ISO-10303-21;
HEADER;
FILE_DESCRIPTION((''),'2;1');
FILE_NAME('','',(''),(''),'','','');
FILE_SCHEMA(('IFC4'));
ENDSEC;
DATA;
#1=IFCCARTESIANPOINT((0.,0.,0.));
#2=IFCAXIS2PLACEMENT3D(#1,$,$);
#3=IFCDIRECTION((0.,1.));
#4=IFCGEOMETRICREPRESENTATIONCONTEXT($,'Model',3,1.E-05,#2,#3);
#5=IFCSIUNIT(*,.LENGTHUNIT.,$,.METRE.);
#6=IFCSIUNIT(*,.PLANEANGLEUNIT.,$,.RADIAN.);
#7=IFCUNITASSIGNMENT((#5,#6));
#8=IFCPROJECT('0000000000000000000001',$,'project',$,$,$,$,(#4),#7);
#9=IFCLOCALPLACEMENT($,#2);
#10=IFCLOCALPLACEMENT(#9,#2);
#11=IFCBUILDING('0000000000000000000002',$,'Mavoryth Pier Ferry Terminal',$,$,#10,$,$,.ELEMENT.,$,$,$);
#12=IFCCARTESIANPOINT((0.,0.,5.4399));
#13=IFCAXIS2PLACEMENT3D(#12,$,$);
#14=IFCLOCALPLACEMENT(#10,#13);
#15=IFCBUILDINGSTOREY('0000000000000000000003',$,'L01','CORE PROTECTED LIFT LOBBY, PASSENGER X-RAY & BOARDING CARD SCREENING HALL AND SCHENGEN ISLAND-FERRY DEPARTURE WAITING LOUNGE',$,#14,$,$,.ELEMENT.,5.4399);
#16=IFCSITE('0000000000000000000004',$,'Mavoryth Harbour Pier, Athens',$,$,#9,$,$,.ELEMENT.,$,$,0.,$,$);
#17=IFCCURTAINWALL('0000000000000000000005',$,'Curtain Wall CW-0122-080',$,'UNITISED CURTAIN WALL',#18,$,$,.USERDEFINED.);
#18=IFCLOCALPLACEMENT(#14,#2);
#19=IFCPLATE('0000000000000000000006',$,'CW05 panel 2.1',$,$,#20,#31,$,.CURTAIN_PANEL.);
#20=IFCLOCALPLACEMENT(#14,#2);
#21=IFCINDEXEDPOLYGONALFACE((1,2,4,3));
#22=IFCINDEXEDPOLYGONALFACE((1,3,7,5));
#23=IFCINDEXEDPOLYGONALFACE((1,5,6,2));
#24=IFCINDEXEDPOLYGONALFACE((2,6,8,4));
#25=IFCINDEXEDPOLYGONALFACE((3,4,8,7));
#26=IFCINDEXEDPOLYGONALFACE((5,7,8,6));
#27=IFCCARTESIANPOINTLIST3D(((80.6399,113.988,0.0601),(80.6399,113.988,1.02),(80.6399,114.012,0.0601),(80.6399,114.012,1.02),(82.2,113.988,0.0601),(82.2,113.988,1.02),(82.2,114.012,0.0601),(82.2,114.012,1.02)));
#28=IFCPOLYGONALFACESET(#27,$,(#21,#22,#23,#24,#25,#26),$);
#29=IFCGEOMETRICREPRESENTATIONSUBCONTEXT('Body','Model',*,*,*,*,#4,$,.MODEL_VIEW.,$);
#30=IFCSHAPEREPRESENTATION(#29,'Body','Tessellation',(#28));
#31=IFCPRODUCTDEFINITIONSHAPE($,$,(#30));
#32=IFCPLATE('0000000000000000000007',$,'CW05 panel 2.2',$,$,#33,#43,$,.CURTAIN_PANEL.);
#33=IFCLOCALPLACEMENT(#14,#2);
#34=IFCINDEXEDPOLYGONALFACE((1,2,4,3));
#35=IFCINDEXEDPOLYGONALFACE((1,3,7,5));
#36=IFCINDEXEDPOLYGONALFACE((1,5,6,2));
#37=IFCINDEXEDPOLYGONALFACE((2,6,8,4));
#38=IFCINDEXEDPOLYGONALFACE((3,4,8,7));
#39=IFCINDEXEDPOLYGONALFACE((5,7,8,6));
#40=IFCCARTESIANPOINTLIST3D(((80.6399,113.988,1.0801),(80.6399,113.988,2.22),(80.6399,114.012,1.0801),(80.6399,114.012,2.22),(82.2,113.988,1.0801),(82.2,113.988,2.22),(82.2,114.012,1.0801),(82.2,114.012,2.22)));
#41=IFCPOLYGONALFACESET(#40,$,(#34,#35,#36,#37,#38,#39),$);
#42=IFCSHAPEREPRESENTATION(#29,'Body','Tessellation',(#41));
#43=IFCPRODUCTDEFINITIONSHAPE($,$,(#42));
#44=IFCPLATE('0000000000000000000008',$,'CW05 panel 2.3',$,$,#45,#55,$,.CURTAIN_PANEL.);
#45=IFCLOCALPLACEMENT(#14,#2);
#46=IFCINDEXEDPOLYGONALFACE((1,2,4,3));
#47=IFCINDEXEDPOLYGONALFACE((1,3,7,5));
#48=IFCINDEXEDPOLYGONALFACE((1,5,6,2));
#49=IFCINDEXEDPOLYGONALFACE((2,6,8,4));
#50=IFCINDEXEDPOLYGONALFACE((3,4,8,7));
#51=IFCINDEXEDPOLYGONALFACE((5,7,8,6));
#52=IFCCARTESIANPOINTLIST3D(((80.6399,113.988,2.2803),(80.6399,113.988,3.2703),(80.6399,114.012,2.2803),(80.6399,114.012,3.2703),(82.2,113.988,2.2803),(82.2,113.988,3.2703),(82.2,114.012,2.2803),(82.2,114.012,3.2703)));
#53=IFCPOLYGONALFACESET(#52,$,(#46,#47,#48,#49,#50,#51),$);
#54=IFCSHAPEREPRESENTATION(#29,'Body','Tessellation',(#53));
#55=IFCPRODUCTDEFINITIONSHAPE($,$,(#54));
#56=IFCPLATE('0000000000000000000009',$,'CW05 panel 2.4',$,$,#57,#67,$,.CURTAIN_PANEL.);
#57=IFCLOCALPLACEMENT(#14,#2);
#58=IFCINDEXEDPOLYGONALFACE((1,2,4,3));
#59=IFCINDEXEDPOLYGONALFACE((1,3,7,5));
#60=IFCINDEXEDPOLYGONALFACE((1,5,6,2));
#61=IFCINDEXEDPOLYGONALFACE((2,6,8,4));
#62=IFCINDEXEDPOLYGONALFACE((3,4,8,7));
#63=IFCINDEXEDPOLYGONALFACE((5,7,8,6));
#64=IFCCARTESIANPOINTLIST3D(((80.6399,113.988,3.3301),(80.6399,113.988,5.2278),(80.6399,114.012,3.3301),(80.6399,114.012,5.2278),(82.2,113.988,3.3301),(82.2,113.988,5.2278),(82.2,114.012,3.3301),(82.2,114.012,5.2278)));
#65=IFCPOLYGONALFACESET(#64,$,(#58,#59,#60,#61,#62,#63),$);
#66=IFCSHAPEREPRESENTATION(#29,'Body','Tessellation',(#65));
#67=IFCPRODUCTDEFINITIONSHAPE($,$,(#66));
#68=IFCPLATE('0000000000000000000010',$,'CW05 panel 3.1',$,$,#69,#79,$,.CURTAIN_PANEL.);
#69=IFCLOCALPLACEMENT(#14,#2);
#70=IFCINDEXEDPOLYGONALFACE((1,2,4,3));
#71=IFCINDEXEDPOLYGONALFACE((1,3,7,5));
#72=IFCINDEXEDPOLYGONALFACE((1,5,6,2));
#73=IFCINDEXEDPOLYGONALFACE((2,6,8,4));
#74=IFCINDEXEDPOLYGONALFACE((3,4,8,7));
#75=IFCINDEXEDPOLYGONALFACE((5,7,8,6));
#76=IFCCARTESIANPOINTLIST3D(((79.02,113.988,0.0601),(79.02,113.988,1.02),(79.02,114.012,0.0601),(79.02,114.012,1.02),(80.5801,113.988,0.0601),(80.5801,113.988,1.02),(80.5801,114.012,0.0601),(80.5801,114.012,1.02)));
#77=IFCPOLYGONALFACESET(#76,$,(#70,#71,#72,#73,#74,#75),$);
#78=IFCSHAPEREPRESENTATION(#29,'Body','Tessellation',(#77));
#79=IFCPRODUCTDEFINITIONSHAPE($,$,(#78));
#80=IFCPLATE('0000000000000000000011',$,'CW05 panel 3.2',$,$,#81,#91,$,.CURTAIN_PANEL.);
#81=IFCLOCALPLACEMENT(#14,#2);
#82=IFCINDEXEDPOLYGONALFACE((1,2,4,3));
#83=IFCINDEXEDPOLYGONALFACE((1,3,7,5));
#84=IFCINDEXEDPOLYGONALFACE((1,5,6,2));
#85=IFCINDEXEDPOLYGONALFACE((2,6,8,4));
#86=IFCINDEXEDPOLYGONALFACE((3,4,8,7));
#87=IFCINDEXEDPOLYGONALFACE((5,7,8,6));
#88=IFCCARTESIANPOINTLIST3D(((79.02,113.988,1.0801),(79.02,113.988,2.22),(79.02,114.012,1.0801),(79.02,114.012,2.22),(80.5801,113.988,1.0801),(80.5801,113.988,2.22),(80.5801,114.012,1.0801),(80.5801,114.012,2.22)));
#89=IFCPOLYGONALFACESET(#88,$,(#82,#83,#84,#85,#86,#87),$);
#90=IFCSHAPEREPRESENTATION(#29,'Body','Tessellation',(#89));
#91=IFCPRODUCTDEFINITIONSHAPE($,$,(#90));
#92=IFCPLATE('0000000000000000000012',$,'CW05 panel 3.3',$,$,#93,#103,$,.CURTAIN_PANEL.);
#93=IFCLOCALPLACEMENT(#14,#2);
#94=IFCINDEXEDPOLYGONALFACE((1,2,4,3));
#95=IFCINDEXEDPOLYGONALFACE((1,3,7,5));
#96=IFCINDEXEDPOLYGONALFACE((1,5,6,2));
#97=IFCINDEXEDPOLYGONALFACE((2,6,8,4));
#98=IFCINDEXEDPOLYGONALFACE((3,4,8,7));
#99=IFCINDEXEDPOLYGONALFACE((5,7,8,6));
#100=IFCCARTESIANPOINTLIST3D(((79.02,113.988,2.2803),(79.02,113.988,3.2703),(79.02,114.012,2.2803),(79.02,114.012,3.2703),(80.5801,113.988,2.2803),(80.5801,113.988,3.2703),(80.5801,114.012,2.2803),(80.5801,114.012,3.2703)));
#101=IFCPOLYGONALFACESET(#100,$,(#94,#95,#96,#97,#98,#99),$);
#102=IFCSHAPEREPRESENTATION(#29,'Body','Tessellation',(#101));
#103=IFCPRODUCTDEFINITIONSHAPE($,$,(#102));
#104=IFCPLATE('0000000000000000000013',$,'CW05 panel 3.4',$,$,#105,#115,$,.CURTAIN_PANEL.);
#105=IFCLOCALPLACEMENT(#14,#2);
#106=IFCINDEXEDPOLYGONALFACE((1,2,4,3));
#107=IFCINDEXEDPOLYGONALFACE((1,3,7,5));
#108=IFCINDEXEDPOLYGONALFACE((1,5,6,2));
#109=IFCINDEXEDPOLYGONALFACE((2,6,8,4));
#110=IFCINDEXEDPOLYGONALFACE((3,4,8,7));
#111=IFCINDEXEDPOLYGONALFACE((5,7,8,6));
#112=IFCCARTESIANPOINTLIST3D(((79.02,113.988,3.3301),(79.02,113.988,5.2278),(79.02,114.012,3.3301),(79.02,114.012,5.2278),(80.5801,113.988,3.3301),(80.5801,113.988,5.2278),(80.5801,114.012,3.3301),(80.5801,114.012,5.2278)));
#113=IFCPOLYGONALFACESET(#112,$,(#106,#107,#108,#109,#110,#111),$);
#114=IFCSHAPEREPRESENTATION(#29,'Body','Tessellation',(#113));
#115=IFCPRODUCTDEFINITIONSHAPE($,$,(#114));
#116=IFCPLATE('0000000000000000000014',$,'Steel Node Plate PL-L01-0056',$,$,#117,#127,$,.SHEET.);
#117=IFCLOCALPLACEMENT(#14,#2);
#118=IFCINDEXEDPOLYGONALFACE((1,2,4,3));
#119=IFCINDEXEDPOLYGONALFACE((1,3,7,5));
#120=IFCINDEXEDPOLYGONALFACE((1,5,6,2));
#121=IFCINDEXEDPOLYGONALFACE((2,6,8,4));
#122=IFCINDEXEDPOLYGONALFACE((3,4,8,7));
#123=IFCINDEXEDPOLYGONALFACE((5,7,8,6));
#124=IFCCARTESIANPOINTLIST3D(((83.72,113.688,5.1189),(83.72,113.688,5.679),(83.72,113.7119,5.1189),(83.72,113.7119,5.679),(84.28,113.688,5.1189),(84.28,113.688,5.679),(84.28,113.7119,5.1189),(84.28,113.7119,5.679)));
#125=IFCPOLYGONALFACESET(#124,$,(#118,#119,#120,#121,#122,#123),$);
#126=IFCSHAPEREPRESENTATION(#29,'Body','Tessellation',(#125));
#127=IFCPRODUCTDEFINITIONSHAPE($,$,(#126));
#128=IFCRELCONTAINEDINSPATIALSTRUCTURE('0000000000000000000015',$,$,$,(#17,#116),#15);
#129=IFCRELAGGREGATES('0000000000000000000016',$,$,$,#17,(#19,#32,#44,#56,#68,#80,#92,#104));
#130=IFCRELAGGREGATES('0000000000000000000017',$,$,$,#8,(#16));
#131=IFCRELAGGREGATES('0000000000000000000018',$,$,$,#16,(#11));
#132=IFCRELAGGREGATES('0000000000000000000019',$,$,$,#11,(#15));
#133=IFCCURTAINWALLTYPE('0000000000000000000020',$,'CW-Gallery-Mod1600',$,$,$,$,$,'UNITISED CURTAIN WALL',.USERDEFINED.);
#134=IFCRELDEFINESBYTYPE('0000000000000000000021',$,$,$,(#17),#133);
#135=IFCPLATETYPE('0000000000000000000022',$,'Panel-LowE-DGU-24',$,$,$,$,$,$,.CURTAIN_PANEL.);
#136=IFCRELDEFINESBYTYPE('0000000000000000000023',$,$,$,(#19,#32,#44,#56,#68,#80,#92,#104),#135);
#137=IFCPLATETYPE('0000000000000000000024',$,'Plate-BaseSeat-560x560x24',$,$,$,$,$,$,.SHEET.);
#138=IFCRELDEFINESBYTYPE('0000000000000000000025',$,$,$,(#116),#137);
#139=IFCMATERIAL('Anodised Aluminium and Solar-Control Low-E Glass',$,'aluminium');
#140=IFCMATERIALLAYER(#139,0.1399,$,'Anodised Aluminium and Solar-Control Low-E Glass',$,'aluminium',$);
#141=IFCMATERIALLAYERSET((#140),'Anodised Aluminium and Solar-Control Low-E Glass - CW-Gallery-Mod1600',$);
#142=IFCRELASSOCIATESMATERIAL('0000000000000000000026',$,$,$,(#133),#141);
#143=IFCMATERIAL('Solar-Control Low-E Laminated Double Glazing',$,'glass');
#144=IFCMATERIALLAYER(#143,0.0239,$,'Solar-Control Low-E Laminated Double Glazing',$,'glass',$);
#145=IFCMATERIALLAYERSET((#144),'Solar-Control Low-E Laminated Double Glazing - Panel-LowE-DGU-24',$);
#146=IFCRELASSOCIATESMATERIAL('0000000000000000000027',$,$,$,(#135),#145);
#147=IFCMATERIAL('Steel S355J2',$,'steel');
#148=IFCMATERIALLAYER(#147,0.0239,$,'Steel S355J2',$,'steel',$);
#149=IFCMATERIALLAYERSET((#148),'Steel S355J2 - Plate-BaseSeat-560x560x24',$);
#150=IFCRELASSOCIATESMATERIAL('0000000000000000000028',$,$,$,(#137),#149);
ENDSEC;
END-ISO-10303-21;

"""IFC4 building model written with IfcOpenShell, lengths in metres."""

from ifc_helpers import new_model, si_unit, direction, frame, origin, origin_2d, place, context, subcontext, project, spatial, rectangle, extrude, material, layer, layer_set, type_object, element, aggregate, save


model = new_model("IFC4")

# Units and contexts
model_context = context("Model", 3, precision=1e-05, world=origin(), true_north=direction((0.0, 1.0)))
body_context = subcontext(model_context, "Body", "Model", "MODEL_VIEW")
ifc_project = project(units=[si_unit("LENGTHUNIT", "METRE"), si_unit("PLANEANGLEUNIT", "RADIAN")], contexts=[model_context])

# Site, building, storey
site_placement = place(None, origin())
site = spatial("IfcSite", under=ifc_project, at=site_placement, Name="Mavoryth Harbour Pier, Athens", CompositionType="ELEMENT", RefElevation=0.0)
building_placement = place(site_placement, origin())
building = spatial("IfcBuilding", under=site, at=building_placement, Name="Mavoryth Pier Ferry Terminal", CompositionType="ELEMENT")
storey_placement = place(building_placement, frame((0.0, 0.0, 5.4399)))
storey = spatial("IfcBuildingStorey", under=building, at=storey_placement, Name="L01", Description="CORE PROTECTED LIFT LOBBY, PASSENGER X-RAY & BOARDING CARD SCREENING HALL AND SCHENGEN ISLAND-FERRY DEPARTURE WAITING LOUNGE", CompositionType="ELEMENT", Elevation=5.4399)

# Shared definitions
ifc_material_1 = material(Name="Steel S355J2", Category="steel")

# Curtain wall
ifc_material_2 = material(Name="Anodised Aluminium and Solar-Control Low-E Glass", Category="aluminium")
ifc_layer_1 = layer(ifc_material_2, 0.1399, Name="Anodised Aluminium and Solar-Control Low-E Glass", Category="aluminium")
ifc_layer_set_1 = layer_set([ifc_layer_1], Name="Anodised Aluminium and Solar-Control Low-E Glass - CW-Gallery-Mod1600")
curtain_wall_type = type_object("IfcCurtainWallType", Name="CW-Gallery-Mod1600", ElementType="UNITISED CURTAIN WALL", PredefinedType="USERDEFINED", material=ifc_layer_set_1)
curtain_wall_1_placement = place(storey_placement, origin())
curtain_wall_1 = element("IfcCurtainWall", 1, at=curtain_wall_1_placement, inside=storey, type_object=curtain_wall_type, Name="Curtain Wall CW-0122-080", ObjectType="UNITISED CURTAIN WALL", PredefinedType="USERDEFINED")

# Plates
ifc_material_3 = material(Name="Solar-Control Low-E Laminated Double Glazing", Category="glass")
ifc_layer_2 = layer(ifc_material_3, 0.0239, Name="Solar-Control Low-E Laminated Double Glazing", Category="glass")
ifc_layer_set_2 = layer_set([ifc_layer_2], Name="Solar-Control Low-E Laminated Double Glazing - Panel-LowE-DGU-24")
plate_type_1 = type_object("IfcPlateType", Name="Panel-LowE-DGU-24", PredefinedType="CURTAIN_PANEL", material=ifc_layer_set_2)
plate_1_placement = place(storey_placement, frame((81.4199, 114.0, 0.0601), z_axis=(0.0, 0.0, 1.0), x_axis=(-1.0, 0.0, 0.0)))
plate_1 = element("IfcPlate", 2, at=plate_1_placement, type_object=plate_type_1, Name="CW05 panel 2.1", PredefinedType="CURTAIN_PANEL", context=body_context, shape_type="SweptSolid", body=[
    extrude(rectangle(XDim=1.5601, YDim=0.0239, at=origin_2d()), origin(), (0.0, 0.0, 1.0), 0.96),
])
plate_2_placement = place(storey_placement, frame((81.4199, 114.0, 1.0801), z_axis=(0.0, 0.0, 1.0), x_axis=(-1.0, 0.0, 0.0)))
plate_2 = element("IfcPlate", 3, at=plate_2_placement, type_object=plate_type_1, Name="CW05 panel 2.2", PredefinedType="CURTAIN_PANEL", context=body_context, shape_type="SweptSolid", body=[
    extrude(rectangle(XDim=1.5601, YDim=0.0239, at=origin_2d()), origin(), (0.0, 0.0, 1.0), 1.1399),
])
plate_3_placement = place(storey_placement, frame((81.4199, 114.0, 2.2803), z_axis=(0.0, 0.0, 1.0), x_axis=(-1.0, 0.0, 0.0)))
plate_3 = element("IfcPlate", 4, at=plate_3_placement, type_object=plate_type_1, Name="CW05 panel 2.3", PredefinedType="CURTAIN_PANEL", context=body_context, shape_type="SweptSolid", body=[
    extrude(rectangle(XDim=1.5601, YDim=0.0239, at=origin_2d()), origin(), (0.0, 0.0, 1.0), 0.99),
])
plate_4_placement = place(storey_placement, frame((81.4199, 114.0, 3.3301), z_axis=(0.0, 0.0, 1.0), x_axis=(-1.0, 0.0, 0.0)))
plate_4 = element("IfcPlate", 5, at=plate_4_placement, type_object=plate_type_1, Name="CW05 panel 2.4", PredefinedType="CURTAIN_PANEL", context=body_context, shape_type="SweptSolid", body=[
    extrude(rectangle(XDim=1.5601, YDim=0.0239, at=origin_2d()), origin(), (0.0, 0.0, 1.0), 1.8977),
])
plate_5_placement = place(storey_placement, frame((79.8, 114.0, 0.0601), z_axis=(0.0, 0.0, 1.0), x_axis=(-1.0, 0.0, 0.0)))
plate_5 = element("IfcPlate", 6, at=plate_5_placement, type_object=plate_type_1, Name="CW05 panel 3.1", PredefinedType="CURTAIN_PANEL", context=body_context, shape_type="SweptSolid", body=[
    extrude(rectangle(XDim=1.5601, YDim=0.0239, at=origin_2d()), origin(), (0.0, 0.0, 1.0), 0.96),
])
plate_6_placement = place(storey_placement, frame((79.8, 114.0, 1.0801), z_axis=(0.0, 0.0, 1.0), x_axis=(-1.0, 0.0, 0.0)))
plate_6 = element("IfcPlate", 7, at=plate_6_placement, type_object=plate_type_1, Name="CW05 panel 3.2", PredefinedType="CURTAIN_PANEL", context=body_context, shape_type="SweptSolid", body=[
    extrude(rectangle(XDim=1.5601, YDim=0.0239, at=origin_2d()), origin(), (0.0, 0.0, 1.0), 1.1399),
])
plate_7_placement = place(storey_placement, frame((79.8, 114.0, 2.2803), z_axis=(0.0, 0.0, 1.0), x_axis=(-1.0, 0.0, 0.0)))
plate_7 = element("IfcPlate", 8, at=plate_7_placement, type_object=plate_type_1, Name="CW05 panel 3.3", PredefinedType="CURTAIN_PANEL", context=body_context, shape_type="SweptSolid", body=[
    extrude(rectangle(XDim=1.5601, YDim=0.0239, at=origin_2d()), origin(), (0.0, 0.0, 1.0), 0.99),
])
plate_8_placement = place(storey_placement, frame((79.8, 114.0, 3.3301), z_axis=(0.0, 0.0, 1.0), x_axis=(-1.0, 0.0, 0.0)))
plate_8 = element("IfcPlate", 9, at=plate_8_placement, type_object=plate_type_1, Name="CW05 panel 3.4", PredefinedType="CURTAIN_PANEL", context=body_context, shape_type="SweptSolid", body=[
    extrude(rectangle(XDim=1.5601, YDim=0.0239, at=origin_2d()), origin(), (0.0, 0.0, 1.0), 1.8977),
])
aggregate(curtain_wall_1, [plate_1, plate_2, plate_3, plate_4, plate_5, plate_6, plate_7, plate_8])
ifc_layer_3 = layer(ifc_material_1, 0.0239, Name="Steel S355J2", Category="steel")
ifc_layer_set_3 = layer_set([ifc_layer_3], Name="Steel S355J2 - Plate-BaseSeat-560x560x24")
plate_type_2 = type_object("IfcPlateType", Name="Plate-BaseSeat-560x560x24", PredefinedType="SHEET", material=ifc_layer_set_3)
plate_9_placement = place(storey_placement, frame((84.0, 113.7, 5.1189), z_axis=(0.0, 0.0, 1.0), x_axis=(1.0, 0.0, 0.0)))
element("IfcPlate", 10, at=plate_9_placement, inside=storey, type_object=plate_type_2, Name="Steel Node Plate PL-L01-0056", PredefinedType="SHEET", context=body_context, shape_type="SweptSolid", body=[
    extrude(rectangle(XDim=0.5601, YDim=0.0239, at=origin_2d()), origin(), (0.0, 0.0, 1.0), 0.5601),
])

save(model, "model.ifc")
